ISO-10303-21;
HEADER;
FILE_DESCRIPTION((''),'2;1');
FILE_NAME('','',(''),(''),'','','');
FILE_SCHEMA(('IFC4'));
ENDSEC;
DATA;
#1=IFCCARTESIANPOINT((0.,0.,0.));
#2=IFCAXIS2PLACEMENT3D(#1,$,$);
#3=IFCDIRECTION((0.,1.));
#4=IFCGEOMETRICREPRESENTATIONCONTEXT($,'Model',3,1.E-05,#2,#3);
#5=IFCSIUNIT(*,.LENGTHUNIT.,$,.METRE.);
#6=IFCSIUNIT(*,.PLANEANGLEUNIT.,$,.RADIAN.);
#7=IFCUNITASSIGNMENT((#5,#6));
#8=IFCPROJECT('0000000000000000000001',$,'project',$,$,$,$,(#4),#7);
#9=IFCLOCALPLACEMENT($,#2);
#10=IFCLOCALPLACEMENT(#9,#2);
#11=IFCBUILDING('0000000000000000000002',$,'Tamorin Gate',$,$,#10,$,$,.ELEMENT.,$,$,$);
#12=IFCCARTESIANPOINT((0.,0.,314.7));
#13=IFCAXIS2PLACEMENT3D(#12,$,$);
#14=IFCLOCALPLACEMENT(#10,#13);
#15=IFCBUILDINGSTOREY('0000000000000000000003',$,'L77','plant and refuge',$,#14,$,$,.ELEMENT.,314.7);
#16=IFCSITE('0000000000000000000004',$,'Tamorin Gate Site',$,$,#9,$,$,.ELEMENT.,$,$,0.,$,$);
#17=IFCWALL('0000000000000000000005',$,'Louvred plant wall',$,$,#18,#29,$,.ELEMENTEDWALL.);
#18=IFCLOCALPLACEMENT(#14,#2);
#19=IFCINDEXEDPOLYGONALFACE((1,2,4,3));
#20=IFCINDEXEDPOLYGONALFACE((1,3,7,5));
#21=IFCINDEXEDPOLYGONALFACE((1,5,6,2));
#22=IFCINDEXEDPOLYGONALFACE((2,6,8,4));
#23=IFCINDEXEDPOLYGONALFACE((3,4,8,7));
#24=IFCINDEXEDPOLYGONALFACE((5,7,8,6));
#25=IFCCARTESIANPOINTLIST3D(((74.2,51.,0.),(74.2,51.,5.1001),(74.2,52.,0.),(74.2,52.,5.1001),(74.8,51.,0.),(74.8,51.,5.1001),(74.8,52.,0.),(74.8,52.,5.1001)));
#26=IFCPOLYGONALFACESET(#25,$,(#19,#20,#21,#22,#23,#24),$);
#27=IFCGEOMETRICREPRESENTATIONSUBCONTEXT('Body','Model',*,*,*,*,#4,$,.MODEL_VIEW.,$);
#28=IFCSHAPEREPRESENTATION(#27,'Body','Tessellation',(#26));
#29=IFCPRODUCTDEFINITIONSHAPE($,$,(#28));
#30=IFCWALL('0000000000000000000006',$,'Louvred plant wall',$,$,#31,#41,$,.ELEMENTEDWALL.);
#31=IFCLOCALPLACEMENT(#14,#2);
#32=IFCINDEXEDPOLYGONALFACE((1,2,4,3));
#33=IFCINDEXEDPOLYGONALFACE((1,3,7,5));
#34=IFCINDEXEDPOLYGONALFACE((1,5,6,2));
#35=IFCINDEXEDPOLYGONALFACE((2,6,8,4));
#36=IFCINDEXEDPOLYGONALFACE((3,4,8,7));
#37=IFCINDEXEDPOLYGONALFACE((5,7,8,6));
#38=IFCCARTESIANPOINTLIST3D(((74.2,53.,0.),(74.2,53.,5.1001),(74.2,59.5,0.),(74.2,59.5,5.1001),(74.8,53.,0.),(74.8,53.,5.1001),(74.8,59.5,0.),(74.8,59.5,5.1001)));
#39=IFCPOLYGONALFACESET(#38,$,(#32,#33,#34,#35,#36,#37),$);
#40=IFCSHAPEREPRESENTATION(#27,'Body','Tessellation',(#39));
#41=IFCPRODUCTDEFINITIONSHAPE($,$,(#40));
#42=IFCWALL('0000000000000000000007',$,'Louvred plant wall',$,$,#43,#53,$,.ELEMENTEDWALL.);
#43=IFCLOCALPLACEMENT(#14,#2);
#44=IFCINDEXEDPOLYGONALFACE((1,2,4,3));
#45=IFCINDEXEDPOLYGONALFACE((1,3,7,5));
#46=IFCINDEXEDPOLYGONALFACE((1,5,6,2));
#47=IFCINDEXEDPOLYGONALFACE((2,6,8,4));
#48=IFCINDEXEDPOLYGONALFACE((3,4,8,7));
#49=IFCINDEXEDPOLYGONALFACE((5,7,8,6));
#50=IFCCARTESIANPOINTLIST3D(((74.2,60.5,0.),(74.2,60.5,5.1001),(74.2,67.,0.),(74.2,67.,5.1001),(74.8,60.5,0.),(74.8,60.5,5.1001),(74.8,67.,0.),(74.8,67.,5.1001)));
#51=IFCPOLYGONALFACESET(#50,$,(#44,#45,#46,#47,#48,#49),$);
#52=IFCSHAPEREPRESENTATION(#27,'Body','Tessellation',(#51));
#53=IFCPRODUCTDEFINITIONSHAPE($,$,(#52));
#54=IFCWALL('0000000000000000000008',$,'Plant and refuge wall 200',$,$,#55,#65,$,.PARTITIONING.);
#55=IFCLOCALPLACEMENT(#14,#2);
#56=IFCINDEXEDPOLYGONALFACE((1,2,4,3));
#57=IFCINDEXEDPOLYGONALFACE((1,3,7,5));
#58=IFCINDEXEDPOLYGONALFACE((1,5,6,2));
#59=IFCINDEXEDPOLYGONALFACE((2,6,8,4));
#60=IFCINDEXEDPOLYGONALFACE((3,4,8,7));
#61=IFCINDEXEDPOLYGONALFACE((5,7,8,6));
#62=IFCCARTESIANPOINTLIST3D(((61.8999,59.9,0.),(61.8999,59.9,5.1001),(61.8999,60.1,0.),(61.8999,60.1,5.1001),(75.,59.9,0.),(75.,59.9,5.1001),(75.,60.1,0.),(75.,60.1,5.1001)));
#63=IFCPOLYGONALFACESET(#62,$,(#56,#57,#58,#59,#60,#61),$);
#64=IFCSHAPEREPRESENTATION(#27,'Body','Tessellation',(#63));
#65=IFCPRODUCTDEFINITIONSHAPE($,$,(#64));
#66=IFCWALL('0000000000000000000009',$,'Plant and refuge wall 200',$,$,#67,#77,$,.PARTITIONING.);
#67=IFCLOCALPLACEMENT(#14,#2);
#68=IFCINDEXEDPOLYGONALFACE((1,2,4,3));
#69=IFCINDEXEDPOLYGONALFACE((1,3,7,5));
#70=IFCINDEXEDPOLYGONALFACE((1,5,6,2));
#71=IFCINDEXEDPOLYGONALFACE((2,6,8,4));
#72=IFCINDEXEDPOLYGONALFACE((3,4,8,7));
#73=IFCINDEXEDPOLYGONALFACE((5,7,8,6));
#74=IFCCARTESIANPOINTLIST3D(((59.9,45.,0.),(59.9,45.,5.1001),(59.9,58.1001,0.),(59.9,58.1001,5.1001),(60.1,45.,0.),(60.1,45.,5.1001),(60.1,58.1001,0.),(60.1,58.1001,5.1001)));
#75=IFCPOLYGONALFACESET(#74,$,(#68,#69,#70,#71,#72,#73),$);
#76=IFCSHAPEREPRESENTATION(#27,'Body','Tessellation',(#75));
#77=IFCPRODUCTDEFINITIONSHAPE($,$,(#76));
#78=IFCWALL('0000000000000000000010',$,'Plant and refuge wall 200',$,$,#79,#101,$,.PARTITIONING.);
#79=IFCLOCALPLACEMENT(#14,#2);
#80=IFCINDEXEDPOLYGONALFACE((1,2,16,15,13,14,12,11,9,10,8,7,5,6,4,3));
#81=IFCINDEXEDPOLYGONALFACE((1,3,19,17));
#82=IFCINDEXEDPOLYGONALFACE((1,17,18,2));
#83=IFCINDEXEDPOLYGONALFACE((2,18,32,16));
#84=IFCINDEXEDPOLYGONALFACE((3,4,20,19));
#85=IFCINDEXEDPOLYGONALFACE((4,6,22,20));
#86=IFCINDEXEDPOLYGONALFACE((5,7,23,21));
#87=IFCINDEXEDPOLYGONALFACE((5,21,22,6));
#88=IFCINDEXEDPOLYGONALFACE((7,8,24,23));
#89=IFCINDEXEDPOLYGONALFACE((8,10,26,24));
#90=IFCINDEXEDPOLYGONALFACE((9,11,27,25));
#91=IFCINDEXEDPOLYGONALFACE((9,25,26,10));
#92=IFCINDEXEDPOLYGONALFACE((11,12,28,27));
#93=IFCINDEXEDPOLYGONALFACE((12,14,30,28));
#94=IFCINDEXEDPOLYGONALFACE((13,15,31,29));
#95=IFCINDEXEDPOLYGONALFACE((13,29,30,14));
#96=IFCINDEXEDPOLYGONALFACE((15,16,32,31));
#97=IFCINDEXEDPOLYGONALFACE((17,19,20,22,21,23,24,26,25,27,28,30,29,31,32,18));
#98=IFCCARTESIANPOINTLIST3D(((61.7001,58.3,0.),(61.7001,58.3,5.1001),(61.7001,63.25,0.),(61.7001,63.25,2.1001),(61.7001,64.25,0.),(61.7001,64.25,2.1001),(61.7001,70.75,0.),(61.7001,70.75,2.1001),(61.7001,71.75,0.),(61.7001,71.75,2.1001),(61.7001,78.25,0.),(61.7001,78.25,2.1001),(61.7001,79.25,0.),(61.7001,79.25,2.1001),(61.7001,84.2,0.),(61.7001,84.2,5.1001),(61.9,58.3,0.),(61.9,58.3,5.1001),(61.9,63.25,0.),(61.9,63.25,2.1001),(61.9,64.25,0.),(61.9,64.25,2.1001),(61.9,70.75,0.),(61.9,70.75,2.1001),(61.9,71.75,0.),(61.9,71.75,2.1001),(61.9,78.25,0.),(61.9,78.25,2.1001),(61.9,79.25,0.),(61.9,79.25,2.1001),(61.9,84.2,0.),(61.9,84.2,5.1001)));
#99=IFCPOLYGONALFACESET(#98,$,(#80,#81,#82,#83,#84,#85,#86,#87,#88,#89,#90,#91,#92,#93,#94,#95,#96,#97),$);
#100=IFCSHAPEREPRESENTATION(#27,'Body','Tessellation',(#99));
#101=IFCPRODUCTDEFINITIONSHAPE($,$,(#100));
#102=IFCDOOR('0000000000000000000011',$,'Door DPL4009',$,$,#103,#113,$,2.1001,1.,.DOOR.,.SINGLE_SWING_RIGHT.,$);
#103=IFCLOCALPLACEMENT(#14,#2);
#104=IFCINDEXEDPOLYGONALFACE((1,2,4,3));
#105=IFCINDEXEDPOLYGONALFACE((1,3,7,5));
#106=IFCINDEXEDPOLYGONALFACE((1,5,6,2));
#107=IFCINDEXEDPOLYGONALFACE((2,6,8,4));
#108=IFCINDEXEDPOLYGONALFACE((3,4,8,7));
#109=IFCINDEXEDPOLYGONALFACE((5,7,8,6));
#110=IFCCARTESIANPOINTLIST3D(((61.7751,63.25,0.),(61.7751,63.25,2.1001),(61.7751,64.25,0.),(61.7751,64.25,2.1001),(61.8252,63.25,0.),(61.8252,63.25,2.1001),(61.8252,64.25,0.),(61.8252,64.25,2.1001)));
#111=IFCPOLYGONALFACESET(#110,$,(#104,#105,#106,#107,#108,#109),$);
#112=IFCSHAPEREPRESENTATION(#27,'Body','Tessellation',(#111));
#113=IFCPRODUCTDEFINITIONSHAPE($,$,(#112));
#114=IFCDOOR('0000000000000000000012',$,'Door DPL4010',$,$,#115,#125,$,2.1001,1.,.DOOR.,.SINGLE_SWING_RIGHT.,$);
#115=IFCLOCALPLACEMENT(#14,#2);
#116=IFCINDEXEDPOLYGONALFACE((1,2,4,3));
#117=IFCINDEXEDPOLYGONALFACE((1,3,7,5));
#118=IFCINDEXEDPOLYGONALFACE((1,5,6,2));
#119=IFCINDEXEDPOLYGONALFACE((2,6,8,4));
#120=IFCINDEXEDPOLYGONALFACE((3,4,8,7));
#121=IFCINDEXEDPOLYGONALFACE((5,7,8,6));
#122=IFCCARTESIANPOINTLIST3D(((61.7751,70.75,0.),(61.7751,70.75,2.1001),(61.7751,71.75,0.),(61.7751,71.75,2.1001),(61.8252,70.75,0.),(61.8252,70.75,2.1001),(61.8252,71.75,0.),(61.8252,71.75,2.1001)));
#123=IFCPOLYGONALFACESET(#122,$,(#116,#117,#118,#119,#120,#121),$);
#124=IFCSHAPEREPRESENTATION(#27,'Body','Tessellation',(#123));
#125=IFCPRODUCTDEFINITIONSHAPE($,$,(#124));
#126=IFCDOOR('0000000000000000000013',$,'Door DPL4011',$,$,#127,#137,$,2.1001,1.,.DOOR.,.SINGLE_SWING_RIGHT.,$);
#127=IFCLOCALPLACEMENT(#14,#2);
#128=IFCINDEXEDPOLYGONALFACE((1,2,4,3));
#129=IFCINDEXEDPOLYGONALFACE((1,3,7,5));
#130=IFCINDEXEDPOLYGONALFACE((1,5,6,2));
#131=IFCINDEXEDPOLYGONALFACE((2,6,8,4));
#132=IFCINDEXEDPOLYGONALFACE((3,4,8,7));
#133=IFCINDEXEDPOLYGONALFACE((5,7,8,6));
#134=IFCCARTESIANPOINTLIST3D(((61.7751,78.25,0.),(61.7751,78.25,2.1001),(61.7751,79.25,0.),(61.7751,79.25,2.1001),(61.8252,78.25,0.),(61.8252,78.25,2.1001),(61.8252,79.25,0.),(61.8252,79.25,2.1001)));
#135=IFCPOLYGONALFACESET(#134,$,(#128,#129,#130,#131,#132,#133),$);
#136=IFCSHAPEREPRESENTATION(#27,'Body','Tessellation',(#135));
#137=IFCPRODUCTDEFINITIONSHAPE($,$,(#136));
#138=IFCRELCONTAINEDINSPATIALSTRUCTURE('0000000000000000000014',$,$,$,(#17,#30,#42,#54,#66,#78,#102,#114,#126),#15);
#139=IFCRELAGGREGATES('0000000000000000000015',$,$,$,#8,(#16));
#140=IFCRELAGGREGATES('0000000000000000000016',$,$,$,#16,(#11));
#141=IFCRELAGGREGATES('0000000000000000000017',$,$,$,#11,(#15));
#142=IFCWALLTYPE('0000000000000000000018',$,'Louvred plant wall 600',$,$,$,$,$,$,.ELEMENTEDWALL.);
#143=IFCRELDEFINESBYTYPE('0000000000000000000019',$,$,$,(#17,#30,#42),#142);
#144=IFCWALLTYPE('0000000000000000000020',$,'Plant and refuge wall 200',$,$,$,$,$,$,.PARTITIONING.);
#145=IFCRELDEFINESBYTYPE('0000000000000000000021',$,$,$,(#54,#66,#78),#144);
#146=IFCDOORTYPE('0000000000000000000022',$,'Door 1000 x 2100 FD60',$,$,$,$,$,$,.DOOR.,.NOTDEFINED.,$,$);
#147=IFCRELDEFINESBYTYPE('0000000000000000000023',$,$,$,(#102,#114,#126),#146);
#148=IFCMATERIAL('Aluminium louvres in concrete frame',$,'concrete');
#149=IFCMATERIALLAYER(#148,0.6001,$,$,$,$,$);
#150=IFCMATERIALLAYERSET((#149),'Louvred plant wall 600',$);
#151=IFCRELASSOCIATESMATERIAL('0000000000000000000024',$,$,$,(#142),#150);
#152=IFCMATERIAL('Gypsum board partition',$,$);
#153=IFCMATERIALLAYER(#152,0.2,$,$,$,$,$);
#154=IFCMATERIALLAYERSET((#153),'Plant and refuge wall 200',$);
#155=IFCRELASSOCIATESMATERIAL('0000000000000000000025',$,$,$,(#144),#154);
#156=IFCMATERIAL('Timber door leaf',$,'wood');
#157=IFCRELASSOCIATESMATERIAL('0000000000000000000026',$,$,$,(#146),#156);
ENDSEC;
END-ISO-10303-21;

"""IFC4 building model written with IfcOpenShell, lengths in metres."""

from ifc_helpers import new_model, si_unit, direction, frame, frame_2d, origin, place, context, subcontext, project, spatial, rectangle, extrude, material, layer, layer_set, type_object, element, fill, save


model = new_model("IFC4")

# Units and contexts
model_context = context("Model", 3, precision=1e-05, world=origin(), true_north=direction((0.0, 1.0)))
body_context = subcontext(model_context, "Body", "Model", "MODEL_VIEW")
ifc_project = project(units=[si_unit("LENGTHUNIT", "METRE"), si_unit("PLANEANGLEUNIT", "RADIAN")], contexts=[model_context])

# Site, building, storey
site_placement = place(None, origin())
site = spatial("IfcSite", under=ifc_project, at=site_placement, Name="Tamorin Gate Site", CompositionType="ELEMENT", RefElevation=0.0)
building_placement = place(site_placement, origin())
building = spatial("IfcBuilding", under=site, at=building_placement, Name="Tamorin Gate", CompositionType="ELEMENT")
storey_placement = place(building_placement, frame((0.0, 0.0, 314.7)))
storey = spatial("IfcBuildingStorey", under=building, at=storey_placement, Name="L77", Description="plant and refuge", CompositionType="ELEMENT", Elevation=314.7)

# Walls
ifc_material_1 = material(Name="Aluminium louvres in concrete frame", Category="concrete")
ifc_layer_1 = layer(ifc_material_1, 0.6001)
ifc_layer_set_1 = layer_set([ifc_layer_1], Name="Louvred plant wall 600")
wall_type_1 = type_object("IfcWallType", Name="Louvred plant wall 600", PredefinedType="ELEMENTEDWALL", material=ifc_layer_set_1)
wall_1_placement = place(storey_placement, frame((74.5, 51.0, 0.0), z_axis=(0.0, 0.0, 1.0), x_axis=(0.0, 1.0, 0.0)))
element("IfcWall", 1, at=wall_1_placement, inside=storey, type_object=wall_type_1, Name="Louvred plant wall", PredefinedType="ELEMENTEDWALL", context=body_context, shape_type="SweptSolid", body=[
    extrude(rectangle(XDim=1.0, YDim=0.6001, at=frame_2d((0.5, 0.0))), origin(), (0.0, 0.0, 1.0), 5.1001),
])
for number, where, z_axis, x_axis, name in (
    (2, (74.5, 53.0, 0.0), (0.0, 0.0, 1.0), (0.0, 1.0, 0.0), "Louvred plant wall"),
    (3, (74.5, 60.5, 0.0), (0.0, 0.0, 1.0), (0.0, 1.0, 0.0), "Louvred plant wall"),
):
    element("IfcWall", number, at=place(storey_placement, frame(where, z_axis=z_axis, x_axis=x_axis)), inside=storey, type_object=wall_type_1, Name=name, PredefinedType="ELEMENTEDWALL", context=body_context, shape_type="SweptSolid", body=[
        extrude(rectangle(XDim=6.5, YDim=0.6001, at=frame_2d((3.25, 0.0))), origin(), (0.0, 0.0, 1.0), 5.1001),
    ])
ifc_material_2 = material(Name="Gypsum board partition")
ifc_layer_2 = layer(ifc_material_2, 0.2)
ifc_layer_set_2 = layer_set([ifc_layer_2], Name="Plant and refuge wall 200")
wall_type_2 = type_object("IfcWallType", Name="Plant and refuge wall 200", PredefinedType="PARTITIONING", material=ifc_layer_set_2)
for number, where, z_axis, x_axis, name in (
    (4, (61.8999, 60.0, 0.0), (0.0, 0.0, 1.0), (1.0, 0.0, 0.0), "Plant and refuge wall 200"),
    (5, (60.0, 45.0, 0.0), (0.0, 0.0, 1.0), (0.0, 1.0, 0.0), "Plant and refuge wall 200"),
):
    element("IfcWall", number, at=place(storey_placement, frame(where, z_axis=z_axis, x_axis=x_axis)), inside=storey, type_object=wall_type_2, Name=name, PredefinedType="PARTITIONING", context=body_context, shape_type="SweptSolid", body=[
        extrude(rectangle(XDim=13.1001, YDim=0.2, at=frame_2d((6.55, 0.0))), origin(), (0.0, 0.0, 1.0), 5.1001),
    ])

# Wall, openings, doors
wall_2_placement = place(storey_placement, frame((61.8, 58.3, 0.0), z_axis=(0.0, 0.0, 1.0), x_axis=(0.0, 1.0, 0.0)))
wall_2 = element("IfcWall", 6, at=wall_2_placement, inside=storey, type_object=wall_type_2, Name="Plant and refuge wall 200", PredefinedType="PARTITIONING", context=body_context, shape_type="SweptSolid", body=[
    extrude(rectangle(XDim=25.8999, YDim=0.2, at=frame_2d((12.95, 0.0))), origin(), (0.0, 0.0, 1.0), 5.1001),
])
opening_1_placement = place(wall_2_placement, frame((4.95, 0.0, 0.0)))
opening_1 = element("IfcOpeningElement", 7, at=opening_1_placement, cuts=wall_2, PredefinedType="OPENING", context=body_context, shape_type="SweptSolid", body=[
    extrude(rectangle(XDim=1.0, YDim=2.1001, at=frame_2d((0.5, 1.05))), frame((0.0, 0.1099, 0.0), z_axis=(0.0, -1.0, 0.0), x_axis=(1.0, 0.0, 0.0)), (0.0, 0.0, 1.0), 0.22),
])
opening_2_placement = place(wall_2_placement, frame((12.45, 0.0, 0.0)))
opening_2 = element("IfcOpeningElement", 8, at=opening_2_placement, cuts=wall_2, PredefinedType="OPENING", context=body_context, shape_type="SweptSolid", body=[
    extrude(rectangle(XDim=1.0, YDim=2.1001, at=frame_2d((0.5, 1.05))), frame((0.0, 0.1099, 0.0), z_axis=(0.0, -1.0, 0.0), x_axis=(1.0, 0.0, 0.0)), (0.0, 0.0, 1.0), 0.22),
])
opening_3_placement = place(wall_2_placement, frame((19.95, 0.0, 0.0)))
opening_3 = element("IfcOpeningElement", 9, at=opening_3_placement, cuts=wall_2, PredefinedType="OPENING", context=body_context, shape_type="SweptSolid", body=[
    extrude(rectangle(XDim=1.0, YDim=2.1001, at=frame_2d((0.5, 1.05))), frame((0.0, 0.1099, 0.0), z_axis=(0.0, -1.0, 0.0), x_axis=(1.0, 0.0, 0.0)), (0.0, 0.0, 1.0), 0.22),
])
ifc_material_3 = material(Name="Timber door leaf", Category="wood")
door_type = type_object("IfcDoorType", Name="Door 1000 x 2100 FD60", OperationType="NOTDEFINED", PredefinedType="DOOR", material=ifc_material_3)
door_1_placement = place(opening_1_placement, origin())
door_1 = element("IfcDoor", 10, at=door_1_placement, inside=storey, type_object=door_type, Name="Door DPL4009", OperationType="SINGLE_SWING_RIGHT", OverallHeight=2.1001, OverallWidth=1.0, PredefinedType="DOOR", context=body_context, shape_type="SweptSolid", body=[
    extrude(rectangle(XDim=1.0, YDim=2.1001, at=frame_2d((0.5, 1.05))), frame((0.0, 0.0249, 0.0), z_axis=(0.0, -1.0, 0.0), x_axis=(1.0, 0.0, 0.0)), (0.0, 0.0, 1.0), 0.05),
])
fill(opening_1, door_1)
door_2_placement = place(opening_2_placement, origin())
door_2 = element("IfcDoor", 11, at=door_2_placement, inside=storey, type_object=door_type, Name="Door DPL4010", OperationType="SINGLE_SWING_RIGHT", OverallHeight=2.1001, OverallWidth=1.0, PredefinedType="DOOR", context=body_context, shape_type="SweptSolid", body=[
    extrude(rectangle(XDim=1.0, YDim=2.1001, at=frame_2d((0.5, 1.05))), frame((0.0, 0.0249, 0.0), z_axis=(0.0, -1.0, 0.0), x_axis=(1.0, 0.0, 0.0)), (0.0, 0.0, 1.0), 0.05),
])
fill(opening_2, door_2)
door_3_placement = place(opening_3_placement, origin())
door_3 = element("IfcDoor", 12, at=door_3_placement, inside=storey, type_object=door_type, Name="Door DPL4011", OperationType="SINGLE_SWING_RIGHT", OverallHeight=2.1001, OverallWidth=1.0, PredefinedType="DOOR", context=body_context, shape_type="SweptSolid", body=[
    extrude(rectangle(XDim=1.0, YDim=2.1001, at=frame_2d((0.5, 1.05))), frame((0.0, 0.0249, 0.0), z_axis=(0.0, -1.0, 0.0), x_axis=(1.0, 0.0, 0.0)), (0.0, 0.0, 1.0), 0.05),
])
fill(opening_3, door_3)

save(model, "model.ifc")
